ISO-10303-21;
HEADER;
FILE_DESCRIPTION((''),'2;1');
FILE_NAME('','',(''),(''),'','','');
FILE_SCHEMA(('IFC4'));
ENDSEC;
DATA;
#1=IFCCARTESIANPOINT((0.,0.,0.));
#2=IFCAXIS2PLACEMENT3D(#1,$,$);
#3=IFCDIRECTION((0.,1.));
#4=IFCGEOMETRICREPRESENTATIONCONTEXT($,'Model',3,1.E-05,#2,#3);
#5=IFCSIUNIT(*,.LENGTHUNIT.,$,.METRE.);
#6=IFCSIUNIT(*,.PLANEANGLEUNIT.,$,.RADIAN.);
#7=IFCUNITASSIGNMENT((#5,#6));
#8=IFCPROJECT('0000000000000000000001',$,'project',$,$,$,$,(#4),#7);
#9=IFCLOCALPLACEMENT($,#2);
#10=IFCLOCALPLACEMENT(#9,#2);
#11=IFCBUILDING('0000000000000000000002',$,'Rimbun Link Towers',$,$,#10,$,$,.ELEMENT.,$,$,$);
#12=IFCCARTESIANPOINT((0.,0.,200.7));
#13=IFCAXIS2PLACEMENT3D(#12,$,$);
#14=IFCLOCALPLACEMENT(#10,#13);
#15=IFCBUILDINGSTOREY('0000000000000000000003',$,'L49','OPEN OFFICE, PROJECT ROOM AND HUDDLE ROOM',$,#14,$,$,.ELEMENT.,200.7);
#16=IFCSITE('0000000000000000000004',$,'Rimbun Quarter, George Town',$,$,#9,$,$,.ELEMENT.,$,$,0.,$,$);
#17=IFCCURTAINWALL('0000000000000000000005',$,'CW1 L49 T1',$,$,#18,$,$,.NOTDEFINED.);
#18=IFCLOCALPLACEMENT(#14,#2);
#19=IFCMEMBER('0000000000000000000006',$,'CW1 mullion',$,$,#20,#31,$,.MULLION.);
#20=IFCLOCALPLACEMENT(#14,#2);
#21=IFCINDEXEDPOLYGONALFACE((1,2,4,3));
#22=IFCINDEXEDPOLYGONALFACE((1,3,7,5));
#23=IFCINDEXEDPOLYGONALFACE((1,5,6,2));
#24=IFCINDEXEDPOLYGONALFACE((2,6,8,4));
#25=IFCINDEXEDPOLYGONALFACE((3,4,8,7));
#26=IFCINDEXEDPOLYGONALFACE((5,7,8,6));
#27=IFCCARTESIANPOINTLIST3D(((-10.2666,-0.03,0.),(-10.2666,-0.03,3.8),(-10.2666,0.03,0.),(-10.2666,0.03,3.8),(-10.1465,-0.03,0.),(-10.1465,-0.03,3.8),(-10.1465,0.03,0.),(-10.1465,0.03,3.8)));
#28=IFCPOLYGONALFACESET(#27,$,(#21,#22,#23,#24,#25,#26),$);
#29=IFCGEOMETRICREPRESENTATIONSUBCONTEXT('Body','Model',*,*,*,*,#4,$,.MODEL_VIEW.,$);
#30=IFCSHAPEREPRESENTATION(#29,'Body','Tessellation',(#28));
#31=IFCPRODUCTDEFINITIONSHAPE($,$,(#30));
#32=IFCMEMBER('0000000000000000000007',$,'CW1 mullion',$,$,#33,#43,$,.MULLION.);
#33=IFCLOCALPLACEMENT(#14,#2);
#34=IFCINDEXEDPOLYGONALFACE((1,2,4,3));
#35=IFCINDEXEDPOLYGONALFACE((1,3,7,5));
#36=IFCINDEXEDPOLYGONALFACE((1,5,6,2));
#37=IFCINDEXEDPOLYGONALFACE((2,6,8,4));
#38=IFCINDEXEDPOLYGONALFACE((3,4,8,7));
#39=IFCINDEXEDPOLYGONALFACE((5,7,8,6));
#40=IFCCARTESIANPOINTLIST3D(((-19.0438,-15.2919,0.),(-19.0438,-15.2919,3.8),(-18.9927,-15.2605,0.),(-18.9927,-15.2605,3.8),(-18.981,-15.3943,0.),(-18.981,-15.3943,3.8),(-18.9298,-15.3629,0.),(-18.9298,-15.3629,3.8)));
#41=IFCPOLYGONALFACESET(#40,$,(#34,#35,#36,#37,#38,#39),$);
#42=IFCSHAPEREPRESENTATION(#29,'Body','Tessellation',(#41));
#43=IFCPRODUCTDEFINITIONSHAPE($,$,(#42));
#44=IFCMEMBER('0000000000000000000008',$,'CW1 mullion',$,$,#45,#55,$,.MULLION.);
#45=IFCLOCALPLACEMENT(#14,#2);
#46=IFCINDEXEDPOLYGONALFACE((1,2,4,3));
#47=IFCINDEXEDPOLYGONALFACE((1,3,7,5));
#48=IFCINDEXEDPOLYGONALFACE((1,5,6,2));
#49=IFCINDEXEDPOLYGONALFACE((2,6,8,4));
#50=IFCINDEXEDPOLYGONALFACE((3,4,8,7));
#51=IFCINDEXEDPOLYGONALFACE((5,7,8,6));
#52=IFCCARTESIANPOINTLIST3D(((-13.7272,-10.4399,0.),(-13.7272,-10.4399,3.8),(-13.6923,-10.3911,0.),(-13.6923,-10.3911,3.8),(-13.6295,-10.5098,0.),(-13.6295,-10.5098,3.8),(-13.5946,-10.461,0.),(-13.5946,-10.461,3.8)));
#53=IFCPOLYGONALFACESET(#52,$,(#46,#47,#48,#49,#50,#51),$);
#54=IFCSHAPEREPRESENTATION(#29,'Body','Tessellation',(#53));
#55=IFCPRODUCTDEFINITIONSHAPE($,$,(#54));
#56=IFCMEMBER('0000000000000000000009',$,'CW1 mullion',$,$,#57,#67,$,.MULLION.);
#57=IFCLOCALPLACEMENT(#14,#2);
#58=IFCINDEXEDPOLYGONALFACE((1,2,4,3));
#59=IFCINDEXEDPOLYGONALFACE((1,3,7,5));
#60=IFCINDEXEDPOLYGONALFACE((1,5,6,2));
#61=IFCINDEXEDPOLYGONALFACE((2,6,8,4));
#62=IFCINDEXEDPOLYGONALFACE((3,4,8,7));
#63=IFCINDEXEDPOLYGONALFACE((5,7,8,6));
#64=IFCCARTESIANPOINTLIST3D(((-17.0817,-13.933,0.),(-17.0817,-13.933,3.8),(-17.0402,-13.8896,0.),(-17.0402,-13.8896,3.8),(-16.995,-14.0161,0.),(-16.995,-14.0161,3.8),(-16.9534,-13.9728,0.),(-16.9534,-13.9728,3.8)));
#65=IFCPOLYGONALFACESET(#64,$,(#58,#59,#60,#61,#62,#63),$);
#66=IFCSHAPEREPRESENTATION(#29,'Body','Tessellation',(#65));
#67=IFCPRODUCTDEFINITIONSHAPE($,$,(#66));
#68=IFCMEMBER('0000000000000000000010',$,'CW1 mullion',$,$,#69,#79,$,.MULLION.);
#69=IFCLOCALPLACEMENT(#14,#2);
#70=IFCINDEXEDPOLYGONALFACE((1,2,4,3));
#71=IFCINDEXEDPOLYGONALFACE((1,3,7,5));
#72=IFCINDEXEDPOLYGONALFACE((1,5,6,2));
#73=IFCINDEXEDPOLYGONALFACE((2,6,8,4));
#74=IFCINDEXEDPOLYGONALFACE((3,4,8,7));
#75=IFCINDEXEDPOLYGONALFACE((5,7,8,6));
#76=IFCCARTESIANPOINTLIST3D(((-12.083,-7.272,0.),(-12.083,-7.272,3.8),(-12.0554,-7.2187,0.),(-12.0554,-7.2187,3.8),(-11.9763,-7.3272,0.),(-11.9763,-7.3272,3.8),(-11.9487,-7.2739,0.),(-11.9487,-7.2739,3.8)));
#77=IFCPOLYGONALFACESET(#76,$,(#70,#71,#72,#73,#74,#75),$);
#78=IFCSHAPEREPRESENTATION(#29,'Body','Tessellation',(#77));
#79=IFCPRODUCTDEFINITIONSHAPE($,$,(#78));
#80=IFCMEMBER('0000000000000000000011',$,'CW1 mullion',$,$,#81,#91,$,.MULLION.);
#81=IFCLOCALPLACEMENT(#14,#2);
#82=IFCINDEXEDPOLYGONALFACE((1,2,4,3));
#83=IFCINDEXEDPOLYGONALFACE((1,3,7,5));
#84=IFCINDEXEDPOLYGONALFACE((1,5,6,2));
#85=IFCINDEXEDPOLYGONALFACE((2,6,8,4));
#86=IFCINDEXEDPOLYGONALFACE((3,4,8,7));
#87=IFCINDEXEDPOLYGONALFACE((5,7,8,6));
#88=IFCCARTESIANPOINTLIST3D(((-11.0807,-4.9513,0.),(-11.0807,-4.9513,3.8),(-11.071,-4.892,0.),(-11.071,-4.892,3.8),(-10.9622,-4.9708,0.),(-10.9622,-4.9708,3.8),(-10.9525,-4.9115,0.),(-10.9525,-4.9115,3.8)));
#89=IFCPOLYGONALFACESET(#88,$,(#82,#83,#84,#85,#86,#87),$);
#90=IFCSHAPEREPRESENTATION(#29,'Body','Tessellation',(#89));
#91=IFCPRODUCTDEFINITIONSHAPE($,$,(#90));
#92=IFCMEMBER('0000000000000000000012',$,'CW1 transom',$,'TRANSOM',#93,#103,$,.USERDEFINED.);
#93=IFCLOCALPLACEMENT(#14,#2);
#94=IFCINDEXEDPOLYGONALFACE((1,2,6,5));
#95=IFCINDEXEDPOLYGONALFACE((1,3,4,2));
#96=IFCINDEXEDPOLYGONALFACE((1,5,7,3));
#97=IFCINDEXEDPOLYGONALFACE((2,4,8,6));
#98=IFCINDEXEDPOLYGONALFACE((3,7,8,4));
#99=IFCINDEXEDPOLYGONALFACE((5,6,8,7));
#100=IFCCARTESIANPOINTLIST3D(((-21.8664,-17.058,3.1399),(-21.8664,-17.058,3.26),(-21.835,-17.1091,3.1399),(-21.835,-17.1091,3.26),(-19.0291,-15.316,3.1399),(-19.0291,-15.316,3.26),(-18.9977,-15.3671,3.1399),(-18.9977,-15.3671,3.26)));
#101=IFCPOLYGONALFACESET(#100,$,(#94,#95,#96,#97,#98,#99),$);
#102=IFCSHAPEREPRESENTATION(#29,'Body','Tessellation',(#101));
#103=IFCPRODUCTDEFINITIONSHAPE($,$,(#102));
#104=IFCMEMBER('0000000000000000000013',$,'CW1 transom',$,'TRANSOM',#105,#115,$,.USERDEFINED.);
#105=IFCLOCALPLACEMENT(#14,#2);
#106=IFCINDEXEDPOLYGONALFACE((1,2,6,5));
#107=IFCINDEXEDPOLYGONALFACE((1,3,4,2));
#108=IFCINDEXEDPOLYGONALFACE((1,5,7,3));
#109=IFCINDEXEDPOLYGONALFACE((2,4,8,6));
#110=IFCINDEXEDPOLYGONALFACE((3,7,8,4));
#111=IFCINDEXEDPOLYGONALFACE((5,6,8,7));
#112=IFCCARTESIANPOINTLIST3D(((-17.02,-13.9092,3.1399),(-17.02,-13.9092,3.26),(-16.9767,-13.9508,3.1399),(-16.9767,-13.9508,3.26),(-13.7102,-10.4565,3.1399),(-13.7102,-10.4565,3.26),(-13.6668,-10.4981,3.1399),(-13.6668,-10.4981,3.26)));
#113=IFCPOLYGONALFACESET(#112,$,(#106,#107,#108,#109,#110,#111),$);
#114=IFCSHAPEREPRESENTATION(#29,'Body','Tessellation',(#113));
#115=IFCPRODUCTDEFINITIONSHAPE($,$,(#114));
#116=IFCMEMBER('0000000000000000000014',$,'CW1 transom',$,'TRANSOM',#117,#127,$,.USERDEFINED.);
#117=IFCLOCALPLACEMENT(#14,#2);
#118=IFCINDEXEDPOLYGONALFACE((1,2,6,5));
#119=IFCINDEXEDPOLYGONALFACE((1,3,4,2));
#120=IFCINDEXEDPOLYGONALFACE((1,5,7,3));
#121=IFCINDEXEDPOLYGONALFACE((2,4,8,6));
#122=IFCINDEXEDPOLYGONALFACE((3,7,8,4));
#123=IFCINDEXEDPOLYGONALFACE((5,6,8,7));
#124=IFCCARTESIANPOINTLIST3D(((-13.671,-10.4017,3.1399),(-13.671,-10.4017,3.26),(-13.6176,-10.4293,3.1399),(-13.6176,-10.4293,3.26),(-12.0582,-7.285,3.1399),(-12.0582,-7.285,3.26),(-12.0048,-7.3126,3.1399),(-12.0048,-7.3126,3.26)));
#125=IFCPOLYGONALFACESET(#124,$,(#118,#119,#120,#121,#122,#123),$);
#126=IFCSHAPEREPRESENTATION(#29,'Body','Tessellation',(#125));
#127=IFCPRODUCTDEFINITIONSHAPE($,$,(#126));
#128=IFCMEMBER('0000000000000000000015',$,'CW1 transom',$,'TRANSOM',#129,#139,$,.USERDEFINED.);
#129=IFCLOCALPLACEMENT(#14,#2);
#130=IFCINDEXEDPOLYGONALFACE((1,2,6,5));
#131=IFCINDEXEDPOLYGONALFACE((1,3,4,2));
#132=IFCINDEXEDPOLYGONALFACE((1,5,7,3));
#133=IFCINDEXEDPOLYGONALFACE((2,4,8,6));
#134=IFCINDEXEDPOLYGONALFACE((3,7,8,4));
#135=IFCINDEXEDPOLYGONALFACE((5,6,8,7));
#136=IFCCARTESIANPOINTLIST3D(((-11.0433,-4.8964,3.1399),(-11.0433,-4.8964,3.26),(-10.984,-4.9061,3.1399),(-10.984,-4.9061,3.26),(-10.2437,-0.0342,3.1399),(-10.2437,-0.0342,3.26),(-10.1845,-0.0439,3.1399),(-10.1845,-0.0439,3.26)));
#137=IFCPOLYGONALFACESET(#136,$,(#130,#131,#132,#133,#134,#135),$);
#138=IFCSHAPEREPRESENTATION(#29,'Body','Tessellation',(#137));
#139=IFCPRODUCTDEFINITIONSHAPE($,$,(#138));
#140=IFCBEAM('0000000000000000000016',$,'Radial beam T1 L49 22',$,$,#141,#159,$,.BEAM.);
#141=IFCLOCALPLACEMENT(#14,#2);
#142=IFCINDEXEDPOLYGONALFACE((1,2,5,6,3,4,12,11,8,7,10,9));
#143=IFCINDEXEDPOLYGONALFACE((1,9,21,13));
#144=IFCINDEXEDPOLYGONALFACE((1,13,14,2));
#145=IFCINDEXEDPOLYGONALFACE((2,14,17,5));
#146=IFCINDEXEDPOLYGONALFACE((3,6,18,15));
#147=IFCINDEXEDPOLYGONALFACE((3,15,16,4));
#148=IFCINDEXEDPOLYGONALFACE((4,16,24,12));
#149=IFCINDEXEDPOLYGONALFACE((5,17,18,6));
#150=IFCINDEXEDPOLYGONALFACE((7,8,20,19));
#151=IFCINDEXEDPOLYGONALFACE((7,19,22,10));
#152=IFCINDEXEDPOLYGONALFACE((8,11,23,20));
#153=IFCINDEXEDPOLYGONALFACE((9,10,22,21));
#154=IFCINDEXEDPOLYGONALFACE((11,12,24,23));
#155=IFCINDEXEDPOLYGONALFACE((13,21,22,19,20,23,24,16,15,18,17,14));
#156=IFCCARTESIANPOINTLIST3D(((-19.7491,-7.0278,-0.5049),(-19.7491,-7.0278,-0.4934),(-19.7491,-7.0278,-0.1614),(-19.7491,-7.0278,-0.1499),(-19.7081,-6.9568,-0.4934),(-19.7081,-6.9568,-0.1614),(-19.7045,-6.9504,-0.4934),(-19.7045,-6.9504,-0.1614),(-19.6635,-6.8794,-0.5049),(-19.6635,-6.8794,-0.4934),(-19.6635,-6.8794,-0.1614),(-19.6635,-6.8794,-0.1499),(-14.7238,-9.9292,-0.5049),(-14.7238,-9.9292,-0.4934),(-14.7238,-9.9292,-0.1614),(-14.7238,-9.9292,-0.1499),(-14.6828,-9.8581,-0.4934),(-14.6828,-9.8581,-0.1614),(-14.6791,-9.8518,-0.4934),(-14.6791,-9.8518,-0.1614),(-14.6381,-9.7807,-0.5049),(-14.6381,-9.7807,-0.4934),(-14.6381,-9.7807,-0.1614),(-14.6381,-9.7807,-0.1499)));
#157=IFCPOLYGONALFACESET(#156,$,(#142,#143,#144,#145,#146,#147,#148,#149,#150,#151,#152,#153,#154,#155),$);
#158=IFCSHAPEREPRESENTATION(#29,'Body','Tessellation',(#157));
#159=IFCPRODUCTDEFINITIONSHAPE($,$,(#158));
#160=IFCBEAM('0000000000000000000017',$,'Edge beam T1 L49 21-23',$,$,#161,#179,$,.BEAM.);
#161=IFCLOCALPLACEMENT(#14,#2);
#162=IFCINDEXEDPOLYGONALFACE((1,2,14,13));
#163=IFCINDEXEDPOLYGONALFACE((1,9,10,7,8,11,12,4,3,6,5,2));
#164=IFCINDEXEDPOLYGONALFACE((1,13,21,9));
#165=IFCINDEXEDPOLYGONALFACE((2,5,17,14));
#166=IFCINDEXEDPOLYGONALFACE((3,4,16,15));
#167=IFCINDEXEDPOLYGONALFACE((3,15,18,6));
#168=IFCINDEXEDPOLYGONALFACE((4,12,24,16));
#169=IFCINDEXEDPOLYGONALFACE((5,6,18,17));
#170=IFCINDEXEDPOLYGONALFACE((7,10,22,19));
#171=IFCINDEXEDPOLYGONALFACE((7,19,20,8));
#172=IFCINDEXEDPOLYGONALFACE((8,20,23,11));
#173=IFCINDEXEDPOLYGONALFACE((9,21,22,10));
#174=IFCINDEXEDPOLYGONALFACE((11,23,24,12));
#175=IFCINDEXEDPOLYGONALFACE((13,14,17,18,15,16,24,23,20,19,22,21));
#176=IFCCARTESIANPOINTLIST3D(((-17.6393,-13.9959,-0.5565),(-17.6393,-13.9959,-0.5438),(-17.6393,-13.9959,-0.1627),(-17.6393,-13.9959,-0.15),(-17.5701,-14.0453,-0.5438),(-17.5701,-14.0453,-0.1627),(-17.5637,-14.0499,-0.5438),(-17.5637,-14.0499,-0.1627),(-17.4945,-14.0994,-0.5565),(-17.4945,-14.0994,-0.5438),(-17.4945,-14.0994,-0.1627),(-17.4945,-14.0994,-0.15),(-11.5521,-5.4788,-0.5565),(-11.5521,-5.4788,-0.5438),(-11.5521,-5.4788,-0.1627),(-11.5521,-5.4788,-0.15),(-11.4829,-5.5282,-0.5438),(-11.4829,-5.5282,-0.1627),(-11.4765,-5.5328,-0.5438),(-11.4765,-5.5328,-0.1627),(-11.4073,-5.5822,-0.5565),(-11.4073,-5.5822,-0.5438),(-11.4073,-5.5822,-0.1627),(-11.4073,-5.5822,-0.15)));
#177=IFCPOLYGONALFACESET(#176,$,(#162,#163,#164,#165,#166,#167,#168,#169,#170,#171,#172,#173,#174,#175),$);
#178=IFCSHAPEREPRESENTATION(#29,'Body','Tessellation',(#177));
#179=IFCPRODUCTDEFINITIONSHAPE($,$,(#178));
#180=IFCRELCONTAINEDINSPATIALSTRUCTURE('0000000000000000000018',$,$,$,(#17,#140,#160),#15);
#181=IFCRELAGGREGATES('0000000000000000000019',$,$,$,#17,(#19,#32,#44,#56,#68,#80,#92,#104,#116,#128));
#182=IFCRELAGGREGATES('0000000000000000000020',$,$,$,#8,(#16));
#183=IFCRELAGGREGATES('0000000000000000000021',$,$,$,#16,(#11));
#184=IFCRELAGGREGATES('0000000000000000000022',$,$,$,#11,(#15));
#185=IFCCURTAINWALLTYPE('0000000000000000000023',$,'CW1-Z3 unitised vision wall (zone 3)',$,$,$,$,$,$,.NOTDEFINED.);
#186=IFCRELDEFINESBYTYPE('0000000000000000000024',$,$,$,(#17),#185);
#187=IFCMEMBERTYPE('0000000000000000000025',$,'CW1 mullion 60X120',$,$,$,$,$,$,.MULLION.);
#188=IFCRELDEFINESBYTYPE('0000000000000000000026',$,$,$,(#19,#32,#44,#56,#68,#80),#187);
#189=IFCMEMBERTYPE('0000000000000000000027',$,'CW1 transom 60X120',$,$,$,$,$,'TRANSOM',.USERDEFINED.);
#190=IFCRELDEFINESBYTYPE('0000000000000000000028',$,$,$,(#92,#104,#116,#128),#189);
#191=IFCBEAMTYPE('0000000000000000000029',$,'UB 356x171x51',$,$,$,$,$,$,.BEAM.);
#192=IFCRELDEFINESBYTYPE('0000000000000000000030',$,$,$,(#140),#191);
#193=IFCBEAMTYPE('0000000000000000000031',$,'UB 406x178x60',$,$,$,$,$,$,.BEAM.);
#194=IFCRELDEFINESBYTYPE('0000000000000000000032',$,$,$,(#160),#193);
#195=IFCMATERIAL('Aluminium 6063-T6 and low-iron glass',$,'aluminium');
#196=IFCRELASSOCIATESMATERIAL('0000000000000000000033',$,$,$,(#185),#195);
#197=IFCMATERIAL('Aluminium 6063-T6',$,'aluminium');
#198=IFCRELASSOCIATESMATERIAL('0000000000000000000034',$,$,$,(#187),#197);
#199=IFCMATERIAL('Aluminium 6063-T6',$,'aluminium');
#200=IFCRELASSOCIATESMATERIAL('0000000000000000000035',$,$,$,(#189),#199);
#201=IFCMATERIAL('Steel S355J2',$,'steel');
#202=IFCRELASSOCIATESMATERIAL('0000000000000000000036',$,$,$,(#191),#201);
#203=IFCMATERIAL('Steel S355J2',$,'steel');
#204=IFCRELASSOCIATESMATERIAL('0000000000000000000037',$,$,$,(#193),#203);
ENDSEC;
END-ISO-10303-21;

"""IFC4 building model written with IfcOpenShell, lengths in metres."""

from ifc_helpers import new_model, si_unit, direction, frame, origin, origin_2d, place, context, subcontext, project, spatial, rectangle, i_section, extrude, material, material_profile, profile_set, type_object, element, aggregate, save


model = new_model("IFC4")

# Units and contexts
model_context = context("Model", 3, precision=1e-05, world=origin(), true_north=direction((0.0, 1.0)))
body_context = subcontext(model_context, "Body", "Model", "MODEL_VIEW")
ifc_project = project(units=[si_unit("LENGTHUNIT", "METRE"), si_unit("PLANEANGLEUNIT", "RADIAN")], contexts=[model_context])

# Site, building, storey
site_placement = place(None, origin())
site = spatial("IfcSite", under=ifc_project, at=site_placement, Name="Rimbun Quarter, George Town", CompositionType="ELEMENT", RefElevation=0.0)
building_placement = place(site_placement, origin())
building = spatial("IfcBuilding", under=site, at=building_placement, Name="Rimbun Link Towers", CompositionType="ELEMENT")
storey_placement = place(building_placement, frame((0.0, 0.0, 200.7)))
storey = spatial("IfcBuildingStorey", under=building, at=storey_placement, Name="L49", Description="OPEN OFFICE, PROJECT ROOM AND HUDDLE ROOM", CompositionType="ELEMENT", Elevation=200.7)

# Curtain wall, members
ifc_material_1 = material(Name="Aluminium 6063-T6 and low-iron glass", Category="aluminium")
curtain_wall_type = type_object("IfcCurtainWallType", Name="CW1-Z3 unitised vision wall (zone 3)", PredefinedType="NOTDEFINED", material=ifc_material_1)
curtain_wall_placement = place(storey_placement, origin())
curtain_wall = element("IfcCurtainWall", 1, at=curtain_wall_placement, inside=storey, type_object=curtain_wall_type, Name="CW1 L49 T1", PredefinedType="NOTDEFINED")
ifc_material_2 = material(Name="Aluminium 6063-T6", Category="aluminium")
ifc_material_profile_1 = material_profile(ifc_material_2, rectangle(XDim=0.1201, YDim=0.0601, at=origin_2d()), Name="MULLION 60X120")
ifc_profile_set_1 = profile_set([ifc_material_profile_1], Name="Aluminium 6063-T6")
member_type_1 = type_object("IfcMemberType", Name="CW1 mullion 60X120", PredefinedType="MULLION", material=ifc_profile_set_1)
member_1_placement = place(storey_placement, frame((-10.2065, 0.0, 0.0), z_axis=(0.0, 0.0, 1.0), x_axis=(1.0, 0.0, 0.0)))
member_1 = element("IfcMember", 2, at=member_1_placement, type_object=member_type_1, Name="CW1 mullion", PredefinedType="MULLION", context=body_context, shape_type="SweptSolid", body=[
    extrude(rectangle(XDim=0.1201, YDim=0.0601, at=origin_2d()), origin(), (0.0, 0.0, 1.0), 3.8),
])
member_2_placement = place(storey_placement, frame((-18.9868, -15.3274, 0.0), z_axis=(0.0, 0.0, 1.0), x_axis=(0.523229, -0.852192, 0.0)))
member_2 = element("IfcMember", 3, at=member_2_placement, type_object=member_type_1, Name="CW1 mullion", PredefinedType="MULLION", context=body_context, shape_type="SweptSolid", body=[
    extrude(rectangle(XDim=0.1201, YDim=0.0601, at=origin_2d()), origin(), (0.0, 0.0, 1.0), 3.8),
])
member_3_placement = place(storey_placement, frame((-13.6609, -10.4504, 0.0), z_axis=(0.0, 0.0, 1.0), x_axis=(0.813351, -0.581774, 0.0)))
member_3 = element("IfcMember", 4, at=member_3_placement, type_object=member_type_1, Name="CW1 mullion", PredefinedType="MULLION", context=body_context, shape_type="SweptSolid", body=[
    extrude(rectangle(XDim=0.1201, YDim=0.0601, at=origin_2d()), origin(), (0.0, 0.0, 1.0), 3.8),
])
member_4_placement = place(storey_placement, frame((-17.0176, -13.9529, 0.0), z_axis=(0.0, 0.0, 1.0), x_axis=(0.721859, -0.692041, 0.0)))
member_4 = element("IfcMember", 5, at=member_4_placement, type_object=member_type_1, Name="CW1 mullion", PredefinedType="MULLION", context=body_context, shape_type="SweptSolid", body=[
    extrude(rectangle(XDim=0.1201, YDim=0.0601, at=origin_2d()), origin(), (0.0, 0.0, 1.0), 3.8),
])
member_5_placement = place(storey_placement, frame((-12.0159, -7.2729, 0.0), z_axis=(0.0, 0.0, 1.0), x_axis=(0.888145, -0.459563, 0.0)))
member_5 = element("IfcMember", 6, at=member_5_placement, type_object=member_type_1, Name="CW1 mullion", PredefinedType="MULLION", context=body_context, shape_type="SweptSolid", body=[
    extrude(rectangle(XDim=0.1201, YDim=0.0601, at=origin_2d()), origin(), (0.0, 0.0, 1.0), 3.8),
])
member_6_placement = place(storey_placement, frame((-11.0166, -4.9314, 0.0), z_axis=(0.0, 0.0, 1.0), x_axis=(0.98675, -0.162251, 0.0)))
member_6 = element("IfcMember", 7, at=member_6_placement, type_object=member_type_1, Name="CW1 mullion", PredefinedType="MULLION", context=body_context, shape_type="SweptSolid", body=[
    extrude(rectangle(XDim=0.1201, YDim=0.0601, at=origin_2d()), origin(), (0.0, 0.0, 1.0), 3.8),
])
ifc_material_3 = material(Name="Aluminium 6063-T6", Category="aluminium")
ifc_material_profile_2 = material_profile(ifc_material_3, rectangle(XDim=0.0601, YDim=0.1201, at=origin_2d()), Name="TRANSOM 60X120")
ifc_profile_set_2 = profile_set([ifc_material_profile_2], Name="Aluminium 6063-T6")
member_type_2 = type_object("IfcMemberType", Name="CW1 transom 60X120", ElementType="TRANSOM", PredefinedType="USERDEFINED", material=ifc_profile_set_2)
member_7_placement = place(storey_placement, frame((-19.0134, -15.3416, 3.2), z_axis=(-0.852194, -0.523226, 0.0), x_axis=(0.523226, -0.852194, 0.0)))
member_7 = element("IfcMember", 8, at=member_7_placement, type_object=member_type_2, Name="CW1 transom", ObjectType="TRANSOM", PredefinedType="USERDEFINED", context=body_context, shape_type="SweptSolid", body=[
    extrude(rectangle(XDim=0.0601, YDim=0.1201, at=origin_2d()), origin(), (0.0, 0.0, 1.0), 3.3293),
])
member_8_placement = place(storey_placement, frame((-13.6885, -10.4773, 3.2), z_axis=(-0.692018, -0.72188, 0.0), x_axis=(0.72188, -0.692018, 0.0)))
member_8 = element("IfcMember", 9, at=member_8_placement, type_object=member_type_2, Name="CW1 transom", ObjectType="TRANSOM", PredefinedType="USERDEFINED", context=body_context, shape_type="SweptSolid", body=[
    extrude(rectangle(XDim=0.0601, YDim=0.1201, at=origin_2d()), origin(), (0.0, 0.0, 1.0), 4.783),
])
member_9_placement = place(storey_placement, frame((-12.0315, -7.2988, 3.2), z_axis=(-0.459582, -0.888135, 0.0), x_axis=(0.888135, -0.459582, 0.0)))
member_9 = element("IfcMember", 10, at=member_9_placement, type_object=member_type_2, Name="CW1 transom", ObjectType="TRANSOM", PredefinedType="USERDEFINED", context=body_context, shape_type="SweptSolid", body=[
    extrude(rectangle(XDim=0.0601, YDim=0.1201, at=origin_2d()), origin(), (0.0, 0.0, 1.0), 3.5093),
])
member_10_placement = place(storey_placement, frame((-10.2141, -0.0391, 3.2), z_axis=(-0.162261, -0.986748, 0.0), x_axis=(0.986748, -0.162261, 0.0)))
member_10 = element("IfcMember", 11, at=member_10_placement, type_object=member_type_2, Name="CW1 transom", ObjectType="TRANSOM", PredefinedType="USERDEFINED", context=body_context, shape_type="SweptSolid", body=[
    extrude(rectangle(XDim=0.0601, YDim=0.1201, at=origin_2d()), origin(), (0.0, 0.0, 1.0), 4.9275),
])

# Beams
ifc_material_4 = material(Name="Steel S355J2", Category="steel")
ifc_material_profile_3 = material_profile(ifc_material_4, i_section(OverallWidth=0.1714, OverallDepth=0.355, WebThickness=0.0073, FlangeThickness=0.0115, at=origin_2d()), Name="UB 356x171x51")
ifc_profile_set_3 = profile_set([ifc_material_profile_3], Name="Steel S355J2")
beam_type_1 = type_object("IfcBeamType", Name="UB 356x171x51", PredefinedType="BEAM", material=ifc_profile_set_3)
beam_1_placement = place(storey_placement, frame((-19.7063, -6.9536, -0.3274), z_axis=(0.866029, -0.499994, 0.0), x_axis=(0.499994, 0.866029, 0.0)))
element("IfcBeam", 12, at=beam_1_placement, inside=storey, type_object=beam_type_1, Name="Radial beam T1 L49 22", PredefinedType="BEAM", context=body_context, shape_type="SweptSolid", body=[
    extrude(i_section(OverallWidth=0.1714, OverallDepth=0.355, WebThickness=0.0073, FlangeThickness=0.0115, at=origin_2d()), origin(), (0.0, 0.0, 1.0), 5.8027),
])
ifc_material_5 = material(Name="Steel S355J2", Category="steel")
ifc_material_profile_4 = material_profile(ifc_material_5, i_section(OverallWidth=0.178, OverallDepth=0.4065, WebThickness=0.0078, FlangeThickness=0.0127, at=origin_2d()), Name="UB 406x178x60")
ifc_profile_set_4 = profile_set([ifc_material_profile_4], Name="Steel S355J2")
beam_type_2 = type_object("IfcBeamType", Name="UB 406x178x60", PredefinedType="BEAM", material=ifc_profile_set_4)
beam_2_placement = place(storey_placement, frame((-17.5669, -14.0476, -0.3533), z_axis=(0.581461, 0.813574, 0.0), x_axis=(-0.813574, 0.581461, 0.0)))
element("IfcBeam", 13, at=beam_2_placement, inside=storey, type_object=beam_type_2, Name="Edge beam T1 L49 21-23", PredefinedType="BEAM", context=body_context, shape_type="SweptSolid", body=[
    extrude(i_section(OverallWidth=0.178, OverallDepth=0.4065, WebThickness=0.0078, FlangeThickness=0.0127, at=origin_2d()), origin(), (0.0, 0.0, 1.0), 10.4688),
])

aggregate(curtain_wall, [member_1, member_2, member_3, member_4, member_5, member_6, member_7, member_8, member_9, member_10])

save(model, "model.ifc")
